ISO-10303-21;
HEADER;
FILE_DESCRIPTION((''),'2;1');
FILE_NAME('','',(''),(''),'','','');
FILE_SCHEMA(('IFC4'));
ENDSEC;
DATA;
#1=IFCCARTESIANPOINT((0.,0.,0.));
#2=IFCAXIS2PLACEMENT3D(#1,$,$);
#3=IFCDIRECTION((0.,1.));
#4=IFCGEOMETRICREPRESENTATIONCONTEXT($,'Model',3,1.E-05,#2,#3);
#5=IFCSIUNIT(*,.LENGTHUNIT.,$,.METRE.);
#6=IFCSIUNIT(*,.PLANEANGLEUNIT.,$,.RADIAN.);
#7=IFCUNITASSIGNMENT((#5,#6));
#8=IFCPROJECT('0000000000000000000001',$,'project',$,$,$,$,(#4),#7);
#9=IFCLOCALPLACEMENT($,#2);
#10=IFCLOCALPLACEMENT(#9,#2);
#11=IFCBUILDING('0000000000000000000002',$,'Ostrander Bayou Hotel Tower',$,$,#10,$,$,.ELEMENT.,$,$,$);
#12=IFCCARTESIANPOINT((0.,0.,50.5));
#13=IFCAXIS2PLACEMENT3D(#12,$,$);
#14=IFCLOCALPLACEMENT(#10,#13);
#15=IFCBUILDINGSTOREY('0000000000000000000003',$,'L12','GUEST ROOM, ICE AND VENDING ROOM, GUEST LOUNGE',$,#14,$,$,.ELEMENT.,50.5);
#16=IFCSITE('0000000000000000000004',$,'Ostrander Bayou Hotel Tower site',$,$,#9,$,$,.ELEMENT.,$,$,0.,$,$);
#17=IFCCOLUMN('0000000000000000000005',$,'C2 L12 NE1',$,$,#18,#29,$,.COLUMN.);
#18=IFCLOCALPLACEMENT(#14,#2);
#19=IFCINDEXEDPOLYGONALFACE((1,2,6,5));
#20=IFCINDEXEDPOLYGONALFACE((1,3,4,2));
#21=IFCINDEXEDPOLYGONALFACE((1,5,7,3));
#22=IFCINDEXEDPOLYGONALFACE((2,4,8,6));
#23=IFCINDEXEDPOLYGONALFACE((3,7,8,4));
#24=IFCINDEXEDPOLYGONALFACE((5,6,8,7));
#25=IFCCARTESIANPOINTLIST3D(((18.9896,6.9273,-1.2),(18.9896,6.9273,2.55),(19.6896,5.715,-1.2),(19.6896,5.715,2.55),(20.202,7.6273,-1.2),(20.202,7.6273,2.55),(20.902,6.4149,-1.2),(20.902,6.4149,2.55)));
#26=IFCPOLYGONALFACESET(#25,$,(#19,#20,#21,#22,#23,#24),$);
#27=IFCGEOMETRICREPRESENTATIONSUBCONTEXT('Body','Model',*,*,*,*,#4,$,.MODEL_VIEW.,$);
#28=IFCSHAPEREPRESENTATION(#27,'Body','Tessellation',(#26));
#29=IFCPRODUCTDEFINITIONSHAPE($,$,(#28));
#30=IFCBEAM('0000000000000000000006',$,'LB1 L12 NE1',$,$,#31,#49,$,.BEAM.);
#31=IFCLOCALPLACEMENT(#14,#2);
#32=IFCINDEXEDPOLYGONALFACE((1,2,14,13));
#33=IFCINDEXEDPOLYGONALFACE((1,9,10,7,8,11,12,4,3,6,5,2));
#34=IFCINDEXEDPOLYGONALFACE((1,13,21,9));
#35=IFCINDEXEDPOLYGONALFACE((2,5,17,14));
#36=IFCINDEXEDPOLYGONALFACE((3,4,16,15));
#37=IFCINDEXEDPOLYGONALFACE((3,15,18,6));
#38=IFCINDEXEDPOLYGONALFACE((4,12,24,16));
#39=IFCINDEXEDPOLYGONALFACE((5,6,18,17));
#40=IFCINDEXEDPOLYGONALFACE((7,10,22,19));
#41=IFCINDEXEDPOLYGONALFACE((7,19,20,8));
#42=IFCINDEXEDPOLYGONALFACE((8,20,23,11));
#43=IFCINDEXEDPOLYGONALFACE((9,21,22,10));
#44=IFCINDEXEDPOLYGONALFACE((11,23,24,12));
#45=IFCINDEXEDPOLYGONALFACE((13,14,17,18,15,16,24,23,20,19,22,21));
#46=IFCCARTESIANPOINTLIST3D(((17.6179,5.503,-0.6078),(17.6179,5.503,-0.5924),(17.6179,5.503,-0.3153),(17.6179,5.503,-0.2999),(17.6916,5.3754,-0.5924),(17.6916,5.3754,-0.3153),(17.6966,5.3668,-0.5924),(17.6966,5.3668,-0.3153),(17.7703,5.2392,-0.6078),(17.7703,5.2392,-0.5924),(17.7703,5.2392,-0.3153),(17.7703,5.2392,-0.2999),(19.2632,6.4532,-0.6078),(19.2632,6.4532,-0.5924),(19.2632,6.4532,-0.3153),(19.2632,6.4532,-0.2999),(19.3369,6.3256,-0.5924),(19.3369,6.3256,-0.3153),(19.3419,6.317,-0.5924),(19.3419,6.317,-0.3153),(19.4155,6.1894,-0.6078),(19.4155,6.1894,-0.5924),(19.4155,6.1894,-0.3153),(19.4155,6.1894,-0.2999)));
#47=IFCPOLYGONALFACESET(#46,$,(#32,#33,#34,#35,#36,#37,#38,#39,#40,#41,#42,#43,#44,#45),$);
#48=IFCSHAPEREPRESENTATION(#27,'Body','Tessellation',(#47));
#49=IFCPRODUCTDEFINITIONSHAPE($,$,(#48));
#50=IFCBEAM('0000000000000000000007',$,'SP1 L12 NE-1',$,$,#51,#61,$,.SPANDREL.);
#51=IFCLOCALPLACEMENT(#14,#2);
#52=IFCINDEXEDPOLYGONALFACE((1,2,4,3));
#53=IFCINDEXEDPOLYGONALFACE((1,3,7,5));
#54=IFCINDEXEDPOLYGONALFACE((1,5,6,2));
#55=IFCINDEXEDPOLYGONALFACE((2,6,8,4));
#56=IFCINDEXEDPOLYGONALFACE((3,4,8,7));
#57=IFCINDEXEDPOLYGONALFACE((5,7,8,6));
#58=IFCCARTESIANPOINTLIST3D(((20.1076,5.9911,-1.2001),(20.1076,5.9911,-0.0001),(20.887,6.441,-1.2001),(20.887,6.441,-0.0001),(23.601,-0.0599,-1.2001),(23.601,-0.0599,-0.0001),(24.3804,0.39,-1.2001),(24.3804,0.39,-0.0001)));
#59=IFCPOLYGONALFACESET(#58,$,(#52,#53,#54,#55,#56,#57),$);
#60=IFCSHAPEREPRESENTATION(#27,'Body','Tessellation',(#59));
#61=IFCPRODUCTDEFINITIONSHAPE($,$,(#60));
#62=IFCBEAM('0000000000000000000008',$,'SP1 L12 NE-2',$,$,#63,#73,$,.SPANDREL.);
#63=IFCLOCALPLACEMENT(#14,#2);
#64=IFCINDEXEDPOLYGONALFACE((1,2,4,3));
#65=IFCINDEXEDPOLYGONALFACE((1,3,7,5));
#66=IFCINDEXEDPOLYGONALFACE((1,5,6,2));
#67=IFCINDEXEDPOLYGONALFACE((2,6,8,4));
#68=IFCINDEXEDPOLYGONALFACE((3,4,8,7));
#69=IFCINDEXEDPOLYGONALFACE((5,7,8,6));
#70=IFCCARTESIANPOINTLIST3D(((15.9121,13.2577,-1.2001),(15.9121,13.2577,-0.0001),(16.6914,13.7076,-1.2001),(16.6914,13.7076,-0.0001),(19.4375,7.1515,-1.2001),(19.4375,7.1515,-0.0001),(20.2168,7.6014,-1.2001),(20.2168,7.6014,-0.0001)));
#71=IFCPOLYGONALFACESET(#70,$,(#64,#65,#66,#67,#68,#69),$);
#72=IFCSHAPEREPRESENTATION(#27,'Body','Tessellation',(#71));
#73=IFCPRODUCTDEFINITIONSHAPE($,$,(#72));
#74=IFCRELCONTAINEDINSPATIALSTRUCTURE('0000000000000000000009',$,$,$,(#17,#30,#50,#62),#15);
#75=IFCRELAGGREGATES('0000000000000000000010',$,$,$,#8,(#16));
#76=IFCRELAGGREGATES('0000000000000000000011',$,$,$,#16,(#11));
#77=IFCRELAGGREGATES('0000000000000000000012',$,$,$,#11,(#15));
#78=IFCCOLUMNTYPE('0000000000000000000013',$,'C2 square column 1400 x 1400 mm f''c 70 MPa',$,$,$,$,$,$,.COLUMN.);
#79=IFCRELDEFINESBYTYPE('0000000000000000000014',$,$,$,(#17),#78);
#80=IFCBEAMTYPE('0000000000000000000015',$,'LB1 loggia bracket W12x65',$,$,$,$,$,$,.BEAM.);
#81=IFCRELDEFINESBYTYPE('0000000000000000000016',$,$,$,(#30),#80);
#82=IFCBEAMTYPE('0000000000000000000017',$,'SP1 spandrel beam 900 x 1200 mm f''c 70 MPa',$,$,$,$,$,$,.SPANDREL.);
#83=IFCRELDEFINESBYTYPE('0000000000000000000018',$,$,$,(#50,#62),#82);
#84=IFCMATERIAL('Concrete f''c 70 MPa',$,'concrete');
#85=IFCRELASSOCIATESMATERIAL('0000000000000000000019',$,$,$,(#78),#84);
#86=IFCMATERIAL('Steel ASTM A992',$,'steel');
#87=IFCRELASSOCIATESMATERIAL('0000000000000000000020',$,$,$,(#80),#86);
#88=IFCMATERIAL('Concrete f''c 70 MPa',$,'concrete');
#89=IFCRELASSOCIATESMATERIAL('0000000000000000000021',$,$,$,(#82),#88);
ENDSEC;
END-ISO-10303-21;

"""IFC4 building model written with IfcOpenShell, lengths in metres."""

from ifc_helpers import new_model, si_unit, direction, frame, origin, origin_2d, place, context, subcontext, project, spatial, rectangle, i_section, extrude, material, material_profile, profile_set, type_object, element, save


model = new_model("IFC4")

# Units and contexts
model_context = context("Model", 3, precision=1e-05, world=origin(), true_north=direction((0.0, 1.0)))
body_context = subcontext(model_context, "Body", "Model", "MODEL_VIEW")
ifc_project = project(units=[si_unit("LENGTHUNIT", "METRE"), si_unit("PLANEANGLEUNIT", "RADIAN")], contexts=[model_context])

# Site, building, storey
site_placement = place(None, origin())
site = spatial("IfcSite", under=ifc_project, at=site_placement, Name="Ostrander Bayou Hotel Tower site", CompositionType="ELEMENT", RefElevation=0.0)
building_placement = place(site_placement, origin())
building = spatial("IfcBuilding", under=site, at=building_placement, Name="Ostrander Bayou Hotel Tower", CompositionType="ELEMENT")
storey_placement = place(building_placement, frame((0.0, 0.0, 50.5)))
storey = spatial("IfcBuildingStorey", under=building, at=storey_placement, Name="L12", Description="GUEST ROOM, ICE AND VENDING ROOM, GUEST LOUNGE", CompositionType="ELEMENT", Elevation=50.5)

# Column
ifc_material_1 = material(Name="Concrete f'c 70 MPa", Category="concrete")
ifc_material_profile_1 = material_profile(ifc_material_1, rectangle(XDim=1.3999, YDim=1.3999, at=origin_2d()))
ifc_profile_set_1 = profile_set([ifc_material_profile_1], Name="Concrete f'c 70 MPa")
column_type = type_object("IfcColumnType", Name="C2 square column 1400 x 1400 mm f'c 70 MPa", PredefinedType="COLUMN", material=ifc_profile_set_1)
column_placement = place(storey_placement, frame((19.9458, 6.6711, -1.2), z_axis=(0.0, 0.0, 1.0), x_axis=(0.5, -0.866025, 0.0)))
element("IfcColumn", 1, at=column_placement, inside=storey, type_object=column_type, Name="C2 L12 NE1", PredefinedType="COLUMN", context=body_context, shape_type="SweptSolid", body=[
    extrude(rectangle(XDim=1.3999, YDim=1.3999, at=origin_2d()), origin(), (0.0, 0.0, 1.0), 3.75),
])

# Beams
ifc_material_2 = material(Name="Steel ASTM A992", Category="steel")
ifc_material_profile_2 = material_profile(ifc_material_2, i_section(OverallWidth=0.3047, OverallDepth=0.3079, WebThickness=0.01, FlangeThickness=0.0154, at=origin_2d()))
ifc_profile_set_2 = profile_set([ifc_material_profile_2], Name="Steel ASTM A992")
beam_type_1 = type_object("IfcBeamType", Name="LB1 loggia bracket W12x65", PredefinedType="BEAM", material=ifc_profile_set_2)
beam_1_placement = place(storey_placement, frame((19.3394, 6.3213, -0.4539), z_axis=(-0.865957, -0.500119, 0.0), x_axis=(0.500119, -0.865957, 0.0)))
element("IfcBeam", 2, at=beam_1_placement, inside=storey, type_object=beam_type_1, Name="LB1 L12 NE1", PredefinedType="BEAM", context=body_context, shape_type="SweptSolid", body=[
    extrude(i_section(OverallWidth=0.3047, OverallDepth=0.3079, WebThickness=0.01, FlangeThickness=0.0154, at=origin_2d()), origin(), (0.0, 0.0, 1.0), 1.8999),
])
ifc_material_3 = material(Name="Concrete f'c 70 MPa", Category="concrete")
ifc_material_profile_3 = material_profile(ifc_material_3, rectangle(XDim=0.8999, YDim=1.2, at=origin_2d()))
ifc_profile_set_3 = profile_set([ifc_material_profile_3], Name="Concrete f'c 70 MPa")
beam_type_2 = type_object("IfcBeamType", Name="SP1 spandrel beam 900 x 1200 mm f'c 70 MPa", PredefinedType="SPANDREL", material=ifc_profile_set_3)
beam_2_placement = place(storey_placement, frame((23.9907, 0.165, -0.6001), z_axis=(-0.499984, 0.866035, 0.0), x_axis=(-0.866035, -0.499984, 0.0)))
element("IfcBeam", 3, at=beam_2_placement, inside=storey, type_object=beam_type_2, Name="SP1 L12 NE-1", PredefinedType="SPANDREL", context=body_context, shape_type="SweptSolid", body=[
    extrude(rectangle(XDim=0.8999, YDim=1.2, at=origin_2d()), origin(), (0.0, 0.0, 1.0), 6.9871),
])
beam_3_placement = place(storey_placement, frame((19.8271, 7.3765, -0.6001), z_axis=(-0.499997, 0.866027, 0.0), x_axis=(-0.866027, -0.499997, 0.0)))
element("IfcBeam", 4, at=beam_3_placement, inside=storey, type_object=beam_type_2, Name="SP1 L12 NE-2", PredefinedType="SPANDREL", context=body_context, shape_type="SweptSolid", body=[
    extrude(rectangle(XDim=0.8999, YDim=1.2, at=origin_2d()), origin(), (0.0, 0.0, 1.0), 7.0508),
])

save(model, "model.ifc")
